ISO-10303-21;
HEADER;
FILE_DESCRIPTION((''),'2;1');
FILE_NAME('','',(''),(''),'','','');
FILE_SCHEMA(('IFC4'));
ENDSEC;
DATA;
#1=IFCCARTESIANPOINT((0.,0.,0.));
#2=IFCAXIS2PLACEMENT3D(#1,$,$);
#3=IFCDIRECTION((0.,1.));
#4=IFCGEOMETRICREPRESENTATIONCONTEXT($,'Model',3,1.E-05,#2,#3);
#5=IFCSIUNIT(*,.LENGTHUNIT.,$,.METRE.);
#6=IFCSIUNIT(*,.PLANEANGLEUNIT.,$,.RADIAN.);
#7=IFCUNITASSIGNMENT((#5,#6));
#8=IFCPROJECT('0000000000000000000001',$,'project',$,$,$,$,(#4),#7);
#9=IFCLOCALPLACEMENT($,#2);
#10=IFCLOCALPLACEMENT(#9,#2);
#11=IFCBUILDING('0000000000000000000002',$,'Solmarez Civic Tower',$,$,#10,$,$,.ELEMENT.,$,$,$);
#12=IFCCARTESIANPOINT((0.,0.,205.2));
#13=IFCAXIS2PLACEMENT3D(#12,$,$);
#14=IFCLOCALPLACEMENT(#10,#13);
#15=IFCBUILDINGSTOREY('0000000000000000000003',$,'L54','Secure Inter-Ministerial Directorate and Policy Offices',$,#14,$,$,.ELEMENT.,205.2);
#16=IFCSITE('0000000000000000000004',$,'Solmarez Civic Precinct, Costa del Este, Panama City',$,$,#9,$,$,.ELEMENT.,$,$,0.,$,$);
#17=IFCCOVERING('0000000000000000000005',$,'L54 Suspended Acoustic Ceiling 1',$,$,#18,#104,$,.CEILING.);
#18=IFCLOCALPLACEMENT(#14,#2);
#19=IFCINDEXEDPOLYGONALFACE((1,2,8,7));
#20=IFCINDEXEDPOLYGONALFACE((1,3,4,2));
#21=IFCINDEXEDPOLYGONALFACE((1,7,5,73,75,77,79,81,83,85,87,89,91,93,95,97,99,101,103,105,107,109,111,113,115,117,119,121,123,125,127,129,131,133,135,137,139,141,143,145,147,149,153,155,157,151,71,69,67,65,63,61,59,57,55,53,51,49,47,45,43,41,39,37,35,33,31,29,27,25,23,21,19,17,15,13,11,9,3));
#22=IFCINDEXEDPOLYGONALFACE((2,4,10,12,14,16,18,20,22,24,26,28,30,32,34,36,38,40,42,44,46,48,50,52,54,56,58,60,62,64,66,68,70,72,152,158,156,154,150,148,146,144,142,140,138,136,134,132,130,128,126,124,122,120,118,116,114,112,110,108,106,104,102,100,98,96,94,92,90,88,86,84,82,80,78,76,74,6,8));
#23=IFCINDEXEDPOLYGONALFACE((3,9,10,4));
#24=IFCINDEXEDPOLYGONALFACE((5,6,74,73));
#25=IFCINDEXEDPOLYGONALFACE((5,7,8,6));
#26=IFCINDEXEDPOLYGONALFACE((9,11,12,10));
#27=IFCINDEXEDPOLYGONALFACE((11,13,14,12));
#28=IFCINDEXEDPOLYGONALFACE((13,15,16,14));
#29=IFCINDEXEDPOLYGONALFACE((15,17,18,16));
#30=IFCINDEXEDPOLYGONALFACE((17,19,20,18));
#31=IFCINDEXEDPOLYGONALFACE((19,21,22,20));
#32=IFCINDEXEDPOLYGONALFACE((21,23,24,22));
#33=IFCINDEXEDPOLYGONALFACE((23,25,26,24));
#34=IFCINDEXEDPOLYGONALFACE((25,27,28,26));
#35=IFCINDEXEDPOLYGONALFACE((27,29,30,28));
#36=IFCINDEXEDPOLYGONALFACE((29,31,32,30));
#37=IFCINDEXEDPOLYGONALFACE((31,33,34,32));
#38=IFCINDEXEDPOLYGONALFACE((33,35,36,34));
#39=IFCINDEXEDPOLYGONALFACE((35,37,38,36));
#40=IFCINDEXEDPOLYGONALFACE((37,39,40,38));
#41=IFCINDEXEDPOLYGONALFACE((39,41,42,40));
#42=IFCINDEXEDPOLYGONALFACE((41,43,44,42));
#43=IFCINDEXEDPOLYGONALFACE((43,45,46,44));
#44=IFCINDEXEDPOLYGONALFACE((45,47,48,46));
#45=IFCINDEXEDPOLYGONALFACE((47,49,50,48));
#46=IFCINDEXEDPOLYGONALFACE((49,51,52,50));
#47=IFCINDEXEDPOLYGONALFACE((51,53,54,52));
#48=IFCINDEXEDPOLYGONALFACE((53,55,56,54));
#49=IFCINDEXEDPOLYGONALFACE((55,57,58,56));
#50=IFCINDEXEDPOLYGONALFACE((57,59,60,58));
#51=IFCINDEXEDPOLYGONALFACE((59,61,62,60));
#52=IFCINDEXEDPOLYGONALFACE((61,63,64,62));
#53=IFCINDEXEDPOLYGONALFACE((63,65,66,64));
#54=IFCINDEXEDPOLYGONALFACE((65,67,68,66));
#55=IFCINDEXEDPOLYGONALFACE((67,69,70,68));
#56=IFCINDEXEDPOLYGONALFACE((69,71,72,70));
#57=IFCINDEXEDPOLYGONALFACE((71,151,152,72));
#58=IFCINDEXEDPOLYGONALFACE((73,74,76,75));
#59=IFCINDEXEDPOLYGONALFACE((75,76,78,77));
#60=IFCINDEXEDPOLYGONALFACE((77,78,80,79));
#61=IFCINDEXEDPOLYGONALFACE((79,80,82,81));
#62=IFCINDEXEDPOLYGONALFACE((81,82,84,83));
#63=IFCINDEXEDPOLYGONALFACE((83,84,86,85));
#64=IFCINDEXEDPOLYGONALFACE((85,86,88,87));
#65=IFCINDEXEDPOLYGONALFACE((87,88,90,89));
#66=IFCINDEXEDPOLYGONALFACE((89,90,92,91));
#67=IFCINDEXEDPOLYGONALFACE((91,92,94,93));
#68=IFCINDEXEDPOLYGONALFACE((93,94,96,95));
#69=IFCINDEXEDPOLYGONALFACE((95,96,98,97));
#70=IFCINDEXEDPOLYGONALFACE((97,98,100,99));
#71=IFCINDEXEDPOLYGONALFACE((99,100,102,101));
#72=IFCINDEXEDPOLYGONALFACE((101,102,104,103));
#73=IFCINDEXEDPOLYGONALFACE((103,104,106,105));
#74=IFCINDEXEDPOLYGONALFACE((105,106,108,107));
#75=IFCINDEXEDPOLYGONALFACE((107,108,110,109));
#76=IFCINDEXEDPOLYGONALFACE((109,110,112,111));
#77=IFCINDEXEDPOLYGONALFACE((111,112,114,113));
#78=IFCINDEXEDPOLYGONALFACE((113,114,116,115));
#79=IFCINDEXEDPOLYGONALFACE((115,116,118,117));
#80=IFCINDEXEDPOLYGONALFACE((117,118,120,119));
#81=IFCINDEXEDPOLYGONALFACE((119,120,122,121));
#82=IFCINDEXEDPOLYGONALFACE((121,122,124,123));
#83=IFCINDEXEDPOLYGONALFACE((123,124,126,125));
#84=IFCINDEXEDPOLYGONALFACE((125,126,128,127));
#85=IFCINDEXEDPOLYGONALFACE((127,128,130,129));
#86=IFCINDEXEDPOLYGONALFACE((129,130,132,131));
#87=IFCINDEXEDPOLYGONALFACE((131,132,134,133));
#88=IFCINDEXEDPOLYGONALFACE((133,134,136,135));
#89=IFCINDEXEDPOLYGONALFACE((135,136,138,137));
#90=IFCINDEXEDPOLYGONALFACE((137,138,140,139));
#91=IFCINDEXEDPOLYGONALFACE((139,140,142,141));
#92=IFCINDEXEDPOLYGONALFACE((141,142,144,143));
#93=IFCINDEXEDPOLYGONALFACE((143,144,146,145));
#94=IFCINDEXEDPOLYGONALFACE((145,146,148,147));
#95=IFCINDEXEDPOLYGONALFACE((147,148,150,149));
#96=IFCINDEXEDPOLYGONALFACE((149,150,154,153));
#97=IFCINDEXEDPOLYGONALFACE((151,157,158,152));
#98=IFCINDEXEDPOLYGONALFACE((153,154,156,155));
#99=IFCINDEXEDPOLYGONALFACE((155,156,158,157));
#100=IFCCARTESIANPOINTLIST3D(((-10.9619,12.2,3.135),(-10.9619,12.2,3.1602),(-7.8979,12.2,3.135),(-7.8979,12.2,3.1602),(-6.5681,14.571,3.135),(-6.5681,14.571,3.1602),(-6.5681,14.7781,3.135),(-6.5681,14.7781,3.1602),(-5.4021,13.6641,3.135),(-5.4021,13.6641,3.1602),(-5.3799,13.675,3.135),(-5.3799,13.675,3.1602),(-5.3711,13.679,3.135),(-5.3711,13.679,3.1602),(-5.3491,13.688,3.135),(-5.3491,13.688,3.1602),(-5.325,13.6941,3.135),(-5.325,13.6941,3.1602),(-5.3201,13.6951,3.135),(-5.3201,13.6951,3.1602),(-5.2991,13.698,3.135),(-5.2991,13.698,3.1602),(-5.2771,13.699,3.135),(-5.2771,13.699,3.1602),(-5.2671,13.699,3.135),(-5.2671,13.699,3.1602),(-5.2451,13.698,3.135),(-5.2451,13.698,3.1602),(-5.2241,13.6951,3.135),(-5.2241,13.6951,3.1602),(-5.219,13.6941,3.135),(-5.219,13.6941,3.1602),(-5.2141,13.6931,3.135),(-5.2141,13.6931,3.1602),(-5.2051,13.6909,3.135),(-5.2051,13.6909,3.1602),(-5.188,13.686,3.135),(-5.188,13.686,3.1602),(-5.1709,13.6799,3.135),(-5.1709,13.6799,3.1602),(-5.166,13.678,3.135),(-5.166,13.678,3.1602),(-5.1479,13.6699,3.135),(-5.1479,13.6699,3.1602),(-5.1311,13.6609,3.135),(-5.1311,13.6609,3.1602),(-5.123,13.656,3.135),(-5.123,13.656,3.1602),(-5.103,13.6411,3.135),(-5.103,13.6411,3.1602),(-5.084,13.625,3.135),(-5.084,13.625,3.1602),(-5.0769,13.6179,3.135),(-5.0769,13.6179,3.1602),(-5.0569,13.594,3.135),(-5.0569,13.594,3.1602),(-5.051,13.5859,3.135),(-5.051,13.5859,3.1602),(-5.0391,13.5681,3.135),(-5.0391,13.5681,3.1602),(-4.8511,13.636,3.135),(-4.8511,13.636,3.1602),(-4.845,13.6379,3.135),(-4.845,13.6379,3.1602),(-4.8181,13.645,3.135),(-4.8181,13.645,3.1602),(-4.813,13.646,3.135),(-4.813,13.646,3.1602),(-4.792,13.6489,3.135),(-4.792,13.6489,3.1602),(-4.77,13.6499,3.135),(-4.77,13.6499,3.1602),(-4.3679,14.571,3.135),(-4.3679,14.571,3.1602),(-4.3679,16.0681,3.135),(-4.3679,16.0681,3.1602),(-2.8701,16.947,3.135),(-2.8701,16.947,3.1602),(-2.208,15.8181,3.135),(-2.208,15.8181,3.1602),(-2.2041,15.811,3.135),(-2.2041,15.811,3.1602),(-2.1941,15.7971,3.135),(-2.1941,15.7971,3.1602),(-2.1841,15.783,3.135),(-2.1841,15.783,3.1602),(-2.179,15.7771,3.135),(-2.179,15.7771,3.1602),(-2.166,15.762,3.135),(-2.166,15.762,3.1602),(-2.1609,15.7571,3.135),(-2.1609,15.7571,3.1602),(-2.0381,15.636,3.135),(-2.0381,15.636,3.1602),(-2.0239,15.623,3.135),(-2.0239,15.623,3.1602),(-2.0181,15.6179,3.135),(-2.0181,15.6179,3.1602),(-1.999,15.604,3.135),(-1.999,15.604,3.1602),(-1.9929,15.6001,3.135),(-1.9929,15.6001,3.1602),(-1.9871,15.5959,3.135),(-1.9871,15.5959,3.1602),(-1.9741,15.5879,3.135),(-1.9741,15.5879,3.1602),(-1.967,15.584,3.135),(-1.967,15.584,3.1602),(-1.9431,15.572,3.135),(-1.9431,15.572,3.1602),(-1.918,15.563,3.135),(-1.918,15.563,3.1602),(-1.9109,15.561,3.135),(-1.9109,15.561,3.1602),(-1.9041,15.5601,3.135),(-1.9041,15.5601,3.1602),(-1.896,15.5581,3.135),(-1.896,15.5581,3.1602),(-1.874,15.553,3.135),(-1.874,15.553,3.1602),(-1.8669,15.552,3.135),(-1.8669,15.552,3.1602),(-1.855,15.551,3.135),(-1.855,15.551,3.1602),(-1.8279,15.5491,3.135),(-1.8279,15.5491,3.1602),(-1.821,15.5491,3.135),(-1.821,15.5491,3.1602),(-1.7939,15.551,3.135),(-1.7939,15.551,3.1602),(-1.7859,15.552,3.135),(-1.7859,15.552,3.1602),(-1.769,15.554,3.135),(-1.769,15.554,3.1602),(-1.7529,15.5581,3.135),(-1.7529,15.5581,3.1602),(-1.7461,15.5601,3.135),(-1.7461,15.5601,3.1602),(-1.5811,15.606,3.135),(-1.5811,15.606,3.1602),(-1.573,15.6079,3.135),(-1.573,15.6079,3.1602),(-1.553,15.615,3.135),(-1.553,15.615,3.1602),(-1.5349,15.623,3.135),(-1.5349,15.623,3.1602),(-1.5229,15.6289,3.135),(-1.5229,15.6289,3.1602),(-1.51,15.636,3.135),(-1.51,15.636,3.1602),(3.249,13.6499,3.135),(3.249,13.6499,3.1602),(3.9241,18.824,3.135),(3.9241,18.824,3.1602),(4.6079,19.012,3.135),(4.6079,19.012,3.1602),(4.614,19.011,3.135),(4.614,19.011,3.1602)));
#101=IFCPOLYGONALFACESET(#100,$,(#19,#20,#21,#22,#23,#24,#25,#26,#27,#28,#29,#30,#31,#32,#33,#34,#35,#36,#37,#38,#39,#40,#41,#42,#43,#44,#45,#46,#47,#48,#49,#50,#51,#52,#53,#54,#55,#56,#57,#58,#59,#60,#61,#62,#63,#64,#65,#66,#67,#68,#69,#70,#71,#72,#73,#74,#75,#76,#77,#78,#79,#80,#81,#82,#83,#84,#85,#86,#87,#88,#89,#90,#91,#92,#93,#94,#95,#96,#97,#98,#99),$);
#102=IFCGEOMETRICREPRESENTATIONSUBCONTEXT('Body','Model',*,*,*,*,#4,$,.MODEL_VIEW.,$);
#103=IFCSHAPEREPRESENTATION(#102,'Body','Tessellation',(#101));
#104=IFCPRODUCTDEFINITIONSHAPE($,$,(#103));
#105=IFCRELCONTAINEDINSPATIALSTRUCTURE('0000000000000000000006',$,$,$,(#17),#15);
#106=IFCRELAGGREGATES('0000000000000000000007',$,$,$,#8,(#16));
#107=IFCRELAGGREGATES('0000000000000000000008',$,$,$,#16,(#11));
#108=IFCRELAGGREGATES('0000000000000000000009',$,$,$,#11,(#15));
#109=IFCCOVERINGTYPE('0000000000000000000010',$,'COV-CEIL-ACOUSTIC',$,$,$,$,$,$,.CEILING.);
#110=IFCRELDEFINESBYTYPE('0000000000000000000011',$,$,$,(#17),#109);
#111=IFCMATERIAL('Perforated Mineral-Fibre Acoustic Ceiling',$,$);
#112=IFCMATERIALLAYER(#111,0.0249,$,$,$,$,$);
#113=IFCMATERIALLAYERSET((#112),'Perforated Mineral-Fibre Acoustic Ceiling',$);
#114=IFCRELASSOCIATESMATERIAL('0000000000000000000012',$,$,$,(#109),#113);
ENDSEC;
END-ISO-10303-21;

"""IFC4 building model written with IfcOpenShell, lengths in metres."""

from ifc_helpers import new_model, si_unit, direction, frame, origin, place, context, subcontext, project, spatial, polyline, outline, extrude, material, layer, layer_set, type_object, element, save


model = new_model("IFC4")

# Units and contexts
model_context = context("Model", 3, precision=1e-05, world=origin(), true_north=direction((0.0, 1.0)))
body_context = subcontext(model_context, "Body", "Model", "MODEL_VIEW")
ifc_project = project(units=[si_unit("LENGTHUNIT", "METRE"), si_unit("PLANEANGLEUNIT", "RADIAN")], contexts=[model_context])

# Site, building, storey
site_placement = place(None, origin())
site = spatial("IfcSite", under=ifc_project, at=site_placement, Name="Solmarez Civic Precinct, Costa del Este, Panama City", CompositionType="ELEMENT", RefElevation=0.0)
building_placement = place(site_placement, origin())
building = spatial("IfcBuilding", under=site, at=building_placement, Name="Solmarez Civic Tower", CompositionType="ELEMENT")
storey_placement = place(building_placement, frame((0.0, 0.0, 205.2)))
storey = spatial("IfcBuildingStorey", under=building, at=storey_placement, Name="L54", Description="Secure Inter-Ministerial Directorate and Policy Offices", CompositionType="ELEMENT", Elevation=205.2)

# Covering
ifc_material_1 = material(Name="Perforated Mineral-Fibre Acoustic Ceiling")
ifc_layer_1 = layer(ifc_material_1, 0.0249)
ifc_layer_set_1 = layer_set([ifc_layer_1], Name="Perforated Mineral-Fibre Acoustic Ceiling")
covering_type_1 = type_object("IfcCoveringType", Name="COV-CEIL-ACOUSTIC", PredefinedType="CEILING", material=ifc_layer_set_1)
covering_1_placement = place(storey_placement, frame((0.0, 0.0, 3.135)))
element("IfcCovering", 1, at=covering_1_placement, inside=storey, type_object=covering_type_1, Name="L54 Suspended Acoustic Ceiling 1", PredefinedType="CEILING", context=body_context, shape_type="SweptSolid", body=[
    extrude(outline(polyline([(-10.9619, 12.2), (-7.8979, 12.2), (-5.4021, 13.6641), (-5.3799, 13.675), (-5.3711, 13.679), (-5.3491, 13.688), (-5.325, 13.6941), (-5.3201, 13.6951), (-5.2991, 13.698), (-5.2771, 13.699), (-5.2671, 13.699), (-5.2451, 13.698), (-5.2241, 13.6951), (-5.219, 13.6941), (-5.2141, 13.6931), (-5.2051, 13.6909), (-5.188, 13.686), (-5.1709, 13.6799), (-5.166, 13.678), (-5.1479, 13.6699), (-5.1311, 13.6609), (-5.123, 13.656), (-5.103, 13.6411), (-5.084, 13.625), (-5.0769, 13.6179), (-5.0569, 13.594), (-5.051, 13.5859), (-5.0391, 13.5681), (-4.8511, 13.636), (-4.845, 13.6379), (-4.8181, 13.645), (-4.813, 13.646), (-4.792, 13.6489), (-4.77, 13.6499), (3.249, 13.6499), (4.614, 19.011), (4.6079, 19.012), (3.9241, 18.824), (-1.51, 15.636), (-1.5229, 15.6289), (-1.5349, 15.623), (-1.553, 15.615), (-1.573, 15.6079), (-1.5811, 15.606), (-1.7461, 15.5601), (-1.7529, 15.5581), (-1.769, 15.554), (-1.7859, 15.552), (-1.7939, 15.551), (-1.821, 15.5491), (-1.8279, 15.5491), (-1.855, 15.551), (-1.8669, 15.552), (-1.874, 15.553), (-1.896, 15.5581), (-1.9041, 15.5601), (-1.9109, 15.561), (-1.918, 15.563), (-1.9431, 15.572), (-1.967, 15.584), (-1.9741, 15.5879), (-1.9871, 15.5959), (-1.9929, 15.6001), (-1.999, 15.604), (-2.0181, 15.6179), (-2.0239, 15.623), (-2.0381, 15.636), (-2.1609, 15.7571), (-2.166, 15.762), (-2.179, 15.7771), (-2.1841, 15.783), (-2.1941, 15.7971), (-2.2041, 15.811), (-2.208, 15.8181), (-2.8701, 16.947), (-4.3679, 16.0681), (-4.3679, 14.571), (-6.5681, 14.571), (-6.5681, 14.7781), (-10.9619, 12.2)])), origin(), (0.0, 0.0, 1.0), 0.0251),
])

save(model, "model.ifc")
